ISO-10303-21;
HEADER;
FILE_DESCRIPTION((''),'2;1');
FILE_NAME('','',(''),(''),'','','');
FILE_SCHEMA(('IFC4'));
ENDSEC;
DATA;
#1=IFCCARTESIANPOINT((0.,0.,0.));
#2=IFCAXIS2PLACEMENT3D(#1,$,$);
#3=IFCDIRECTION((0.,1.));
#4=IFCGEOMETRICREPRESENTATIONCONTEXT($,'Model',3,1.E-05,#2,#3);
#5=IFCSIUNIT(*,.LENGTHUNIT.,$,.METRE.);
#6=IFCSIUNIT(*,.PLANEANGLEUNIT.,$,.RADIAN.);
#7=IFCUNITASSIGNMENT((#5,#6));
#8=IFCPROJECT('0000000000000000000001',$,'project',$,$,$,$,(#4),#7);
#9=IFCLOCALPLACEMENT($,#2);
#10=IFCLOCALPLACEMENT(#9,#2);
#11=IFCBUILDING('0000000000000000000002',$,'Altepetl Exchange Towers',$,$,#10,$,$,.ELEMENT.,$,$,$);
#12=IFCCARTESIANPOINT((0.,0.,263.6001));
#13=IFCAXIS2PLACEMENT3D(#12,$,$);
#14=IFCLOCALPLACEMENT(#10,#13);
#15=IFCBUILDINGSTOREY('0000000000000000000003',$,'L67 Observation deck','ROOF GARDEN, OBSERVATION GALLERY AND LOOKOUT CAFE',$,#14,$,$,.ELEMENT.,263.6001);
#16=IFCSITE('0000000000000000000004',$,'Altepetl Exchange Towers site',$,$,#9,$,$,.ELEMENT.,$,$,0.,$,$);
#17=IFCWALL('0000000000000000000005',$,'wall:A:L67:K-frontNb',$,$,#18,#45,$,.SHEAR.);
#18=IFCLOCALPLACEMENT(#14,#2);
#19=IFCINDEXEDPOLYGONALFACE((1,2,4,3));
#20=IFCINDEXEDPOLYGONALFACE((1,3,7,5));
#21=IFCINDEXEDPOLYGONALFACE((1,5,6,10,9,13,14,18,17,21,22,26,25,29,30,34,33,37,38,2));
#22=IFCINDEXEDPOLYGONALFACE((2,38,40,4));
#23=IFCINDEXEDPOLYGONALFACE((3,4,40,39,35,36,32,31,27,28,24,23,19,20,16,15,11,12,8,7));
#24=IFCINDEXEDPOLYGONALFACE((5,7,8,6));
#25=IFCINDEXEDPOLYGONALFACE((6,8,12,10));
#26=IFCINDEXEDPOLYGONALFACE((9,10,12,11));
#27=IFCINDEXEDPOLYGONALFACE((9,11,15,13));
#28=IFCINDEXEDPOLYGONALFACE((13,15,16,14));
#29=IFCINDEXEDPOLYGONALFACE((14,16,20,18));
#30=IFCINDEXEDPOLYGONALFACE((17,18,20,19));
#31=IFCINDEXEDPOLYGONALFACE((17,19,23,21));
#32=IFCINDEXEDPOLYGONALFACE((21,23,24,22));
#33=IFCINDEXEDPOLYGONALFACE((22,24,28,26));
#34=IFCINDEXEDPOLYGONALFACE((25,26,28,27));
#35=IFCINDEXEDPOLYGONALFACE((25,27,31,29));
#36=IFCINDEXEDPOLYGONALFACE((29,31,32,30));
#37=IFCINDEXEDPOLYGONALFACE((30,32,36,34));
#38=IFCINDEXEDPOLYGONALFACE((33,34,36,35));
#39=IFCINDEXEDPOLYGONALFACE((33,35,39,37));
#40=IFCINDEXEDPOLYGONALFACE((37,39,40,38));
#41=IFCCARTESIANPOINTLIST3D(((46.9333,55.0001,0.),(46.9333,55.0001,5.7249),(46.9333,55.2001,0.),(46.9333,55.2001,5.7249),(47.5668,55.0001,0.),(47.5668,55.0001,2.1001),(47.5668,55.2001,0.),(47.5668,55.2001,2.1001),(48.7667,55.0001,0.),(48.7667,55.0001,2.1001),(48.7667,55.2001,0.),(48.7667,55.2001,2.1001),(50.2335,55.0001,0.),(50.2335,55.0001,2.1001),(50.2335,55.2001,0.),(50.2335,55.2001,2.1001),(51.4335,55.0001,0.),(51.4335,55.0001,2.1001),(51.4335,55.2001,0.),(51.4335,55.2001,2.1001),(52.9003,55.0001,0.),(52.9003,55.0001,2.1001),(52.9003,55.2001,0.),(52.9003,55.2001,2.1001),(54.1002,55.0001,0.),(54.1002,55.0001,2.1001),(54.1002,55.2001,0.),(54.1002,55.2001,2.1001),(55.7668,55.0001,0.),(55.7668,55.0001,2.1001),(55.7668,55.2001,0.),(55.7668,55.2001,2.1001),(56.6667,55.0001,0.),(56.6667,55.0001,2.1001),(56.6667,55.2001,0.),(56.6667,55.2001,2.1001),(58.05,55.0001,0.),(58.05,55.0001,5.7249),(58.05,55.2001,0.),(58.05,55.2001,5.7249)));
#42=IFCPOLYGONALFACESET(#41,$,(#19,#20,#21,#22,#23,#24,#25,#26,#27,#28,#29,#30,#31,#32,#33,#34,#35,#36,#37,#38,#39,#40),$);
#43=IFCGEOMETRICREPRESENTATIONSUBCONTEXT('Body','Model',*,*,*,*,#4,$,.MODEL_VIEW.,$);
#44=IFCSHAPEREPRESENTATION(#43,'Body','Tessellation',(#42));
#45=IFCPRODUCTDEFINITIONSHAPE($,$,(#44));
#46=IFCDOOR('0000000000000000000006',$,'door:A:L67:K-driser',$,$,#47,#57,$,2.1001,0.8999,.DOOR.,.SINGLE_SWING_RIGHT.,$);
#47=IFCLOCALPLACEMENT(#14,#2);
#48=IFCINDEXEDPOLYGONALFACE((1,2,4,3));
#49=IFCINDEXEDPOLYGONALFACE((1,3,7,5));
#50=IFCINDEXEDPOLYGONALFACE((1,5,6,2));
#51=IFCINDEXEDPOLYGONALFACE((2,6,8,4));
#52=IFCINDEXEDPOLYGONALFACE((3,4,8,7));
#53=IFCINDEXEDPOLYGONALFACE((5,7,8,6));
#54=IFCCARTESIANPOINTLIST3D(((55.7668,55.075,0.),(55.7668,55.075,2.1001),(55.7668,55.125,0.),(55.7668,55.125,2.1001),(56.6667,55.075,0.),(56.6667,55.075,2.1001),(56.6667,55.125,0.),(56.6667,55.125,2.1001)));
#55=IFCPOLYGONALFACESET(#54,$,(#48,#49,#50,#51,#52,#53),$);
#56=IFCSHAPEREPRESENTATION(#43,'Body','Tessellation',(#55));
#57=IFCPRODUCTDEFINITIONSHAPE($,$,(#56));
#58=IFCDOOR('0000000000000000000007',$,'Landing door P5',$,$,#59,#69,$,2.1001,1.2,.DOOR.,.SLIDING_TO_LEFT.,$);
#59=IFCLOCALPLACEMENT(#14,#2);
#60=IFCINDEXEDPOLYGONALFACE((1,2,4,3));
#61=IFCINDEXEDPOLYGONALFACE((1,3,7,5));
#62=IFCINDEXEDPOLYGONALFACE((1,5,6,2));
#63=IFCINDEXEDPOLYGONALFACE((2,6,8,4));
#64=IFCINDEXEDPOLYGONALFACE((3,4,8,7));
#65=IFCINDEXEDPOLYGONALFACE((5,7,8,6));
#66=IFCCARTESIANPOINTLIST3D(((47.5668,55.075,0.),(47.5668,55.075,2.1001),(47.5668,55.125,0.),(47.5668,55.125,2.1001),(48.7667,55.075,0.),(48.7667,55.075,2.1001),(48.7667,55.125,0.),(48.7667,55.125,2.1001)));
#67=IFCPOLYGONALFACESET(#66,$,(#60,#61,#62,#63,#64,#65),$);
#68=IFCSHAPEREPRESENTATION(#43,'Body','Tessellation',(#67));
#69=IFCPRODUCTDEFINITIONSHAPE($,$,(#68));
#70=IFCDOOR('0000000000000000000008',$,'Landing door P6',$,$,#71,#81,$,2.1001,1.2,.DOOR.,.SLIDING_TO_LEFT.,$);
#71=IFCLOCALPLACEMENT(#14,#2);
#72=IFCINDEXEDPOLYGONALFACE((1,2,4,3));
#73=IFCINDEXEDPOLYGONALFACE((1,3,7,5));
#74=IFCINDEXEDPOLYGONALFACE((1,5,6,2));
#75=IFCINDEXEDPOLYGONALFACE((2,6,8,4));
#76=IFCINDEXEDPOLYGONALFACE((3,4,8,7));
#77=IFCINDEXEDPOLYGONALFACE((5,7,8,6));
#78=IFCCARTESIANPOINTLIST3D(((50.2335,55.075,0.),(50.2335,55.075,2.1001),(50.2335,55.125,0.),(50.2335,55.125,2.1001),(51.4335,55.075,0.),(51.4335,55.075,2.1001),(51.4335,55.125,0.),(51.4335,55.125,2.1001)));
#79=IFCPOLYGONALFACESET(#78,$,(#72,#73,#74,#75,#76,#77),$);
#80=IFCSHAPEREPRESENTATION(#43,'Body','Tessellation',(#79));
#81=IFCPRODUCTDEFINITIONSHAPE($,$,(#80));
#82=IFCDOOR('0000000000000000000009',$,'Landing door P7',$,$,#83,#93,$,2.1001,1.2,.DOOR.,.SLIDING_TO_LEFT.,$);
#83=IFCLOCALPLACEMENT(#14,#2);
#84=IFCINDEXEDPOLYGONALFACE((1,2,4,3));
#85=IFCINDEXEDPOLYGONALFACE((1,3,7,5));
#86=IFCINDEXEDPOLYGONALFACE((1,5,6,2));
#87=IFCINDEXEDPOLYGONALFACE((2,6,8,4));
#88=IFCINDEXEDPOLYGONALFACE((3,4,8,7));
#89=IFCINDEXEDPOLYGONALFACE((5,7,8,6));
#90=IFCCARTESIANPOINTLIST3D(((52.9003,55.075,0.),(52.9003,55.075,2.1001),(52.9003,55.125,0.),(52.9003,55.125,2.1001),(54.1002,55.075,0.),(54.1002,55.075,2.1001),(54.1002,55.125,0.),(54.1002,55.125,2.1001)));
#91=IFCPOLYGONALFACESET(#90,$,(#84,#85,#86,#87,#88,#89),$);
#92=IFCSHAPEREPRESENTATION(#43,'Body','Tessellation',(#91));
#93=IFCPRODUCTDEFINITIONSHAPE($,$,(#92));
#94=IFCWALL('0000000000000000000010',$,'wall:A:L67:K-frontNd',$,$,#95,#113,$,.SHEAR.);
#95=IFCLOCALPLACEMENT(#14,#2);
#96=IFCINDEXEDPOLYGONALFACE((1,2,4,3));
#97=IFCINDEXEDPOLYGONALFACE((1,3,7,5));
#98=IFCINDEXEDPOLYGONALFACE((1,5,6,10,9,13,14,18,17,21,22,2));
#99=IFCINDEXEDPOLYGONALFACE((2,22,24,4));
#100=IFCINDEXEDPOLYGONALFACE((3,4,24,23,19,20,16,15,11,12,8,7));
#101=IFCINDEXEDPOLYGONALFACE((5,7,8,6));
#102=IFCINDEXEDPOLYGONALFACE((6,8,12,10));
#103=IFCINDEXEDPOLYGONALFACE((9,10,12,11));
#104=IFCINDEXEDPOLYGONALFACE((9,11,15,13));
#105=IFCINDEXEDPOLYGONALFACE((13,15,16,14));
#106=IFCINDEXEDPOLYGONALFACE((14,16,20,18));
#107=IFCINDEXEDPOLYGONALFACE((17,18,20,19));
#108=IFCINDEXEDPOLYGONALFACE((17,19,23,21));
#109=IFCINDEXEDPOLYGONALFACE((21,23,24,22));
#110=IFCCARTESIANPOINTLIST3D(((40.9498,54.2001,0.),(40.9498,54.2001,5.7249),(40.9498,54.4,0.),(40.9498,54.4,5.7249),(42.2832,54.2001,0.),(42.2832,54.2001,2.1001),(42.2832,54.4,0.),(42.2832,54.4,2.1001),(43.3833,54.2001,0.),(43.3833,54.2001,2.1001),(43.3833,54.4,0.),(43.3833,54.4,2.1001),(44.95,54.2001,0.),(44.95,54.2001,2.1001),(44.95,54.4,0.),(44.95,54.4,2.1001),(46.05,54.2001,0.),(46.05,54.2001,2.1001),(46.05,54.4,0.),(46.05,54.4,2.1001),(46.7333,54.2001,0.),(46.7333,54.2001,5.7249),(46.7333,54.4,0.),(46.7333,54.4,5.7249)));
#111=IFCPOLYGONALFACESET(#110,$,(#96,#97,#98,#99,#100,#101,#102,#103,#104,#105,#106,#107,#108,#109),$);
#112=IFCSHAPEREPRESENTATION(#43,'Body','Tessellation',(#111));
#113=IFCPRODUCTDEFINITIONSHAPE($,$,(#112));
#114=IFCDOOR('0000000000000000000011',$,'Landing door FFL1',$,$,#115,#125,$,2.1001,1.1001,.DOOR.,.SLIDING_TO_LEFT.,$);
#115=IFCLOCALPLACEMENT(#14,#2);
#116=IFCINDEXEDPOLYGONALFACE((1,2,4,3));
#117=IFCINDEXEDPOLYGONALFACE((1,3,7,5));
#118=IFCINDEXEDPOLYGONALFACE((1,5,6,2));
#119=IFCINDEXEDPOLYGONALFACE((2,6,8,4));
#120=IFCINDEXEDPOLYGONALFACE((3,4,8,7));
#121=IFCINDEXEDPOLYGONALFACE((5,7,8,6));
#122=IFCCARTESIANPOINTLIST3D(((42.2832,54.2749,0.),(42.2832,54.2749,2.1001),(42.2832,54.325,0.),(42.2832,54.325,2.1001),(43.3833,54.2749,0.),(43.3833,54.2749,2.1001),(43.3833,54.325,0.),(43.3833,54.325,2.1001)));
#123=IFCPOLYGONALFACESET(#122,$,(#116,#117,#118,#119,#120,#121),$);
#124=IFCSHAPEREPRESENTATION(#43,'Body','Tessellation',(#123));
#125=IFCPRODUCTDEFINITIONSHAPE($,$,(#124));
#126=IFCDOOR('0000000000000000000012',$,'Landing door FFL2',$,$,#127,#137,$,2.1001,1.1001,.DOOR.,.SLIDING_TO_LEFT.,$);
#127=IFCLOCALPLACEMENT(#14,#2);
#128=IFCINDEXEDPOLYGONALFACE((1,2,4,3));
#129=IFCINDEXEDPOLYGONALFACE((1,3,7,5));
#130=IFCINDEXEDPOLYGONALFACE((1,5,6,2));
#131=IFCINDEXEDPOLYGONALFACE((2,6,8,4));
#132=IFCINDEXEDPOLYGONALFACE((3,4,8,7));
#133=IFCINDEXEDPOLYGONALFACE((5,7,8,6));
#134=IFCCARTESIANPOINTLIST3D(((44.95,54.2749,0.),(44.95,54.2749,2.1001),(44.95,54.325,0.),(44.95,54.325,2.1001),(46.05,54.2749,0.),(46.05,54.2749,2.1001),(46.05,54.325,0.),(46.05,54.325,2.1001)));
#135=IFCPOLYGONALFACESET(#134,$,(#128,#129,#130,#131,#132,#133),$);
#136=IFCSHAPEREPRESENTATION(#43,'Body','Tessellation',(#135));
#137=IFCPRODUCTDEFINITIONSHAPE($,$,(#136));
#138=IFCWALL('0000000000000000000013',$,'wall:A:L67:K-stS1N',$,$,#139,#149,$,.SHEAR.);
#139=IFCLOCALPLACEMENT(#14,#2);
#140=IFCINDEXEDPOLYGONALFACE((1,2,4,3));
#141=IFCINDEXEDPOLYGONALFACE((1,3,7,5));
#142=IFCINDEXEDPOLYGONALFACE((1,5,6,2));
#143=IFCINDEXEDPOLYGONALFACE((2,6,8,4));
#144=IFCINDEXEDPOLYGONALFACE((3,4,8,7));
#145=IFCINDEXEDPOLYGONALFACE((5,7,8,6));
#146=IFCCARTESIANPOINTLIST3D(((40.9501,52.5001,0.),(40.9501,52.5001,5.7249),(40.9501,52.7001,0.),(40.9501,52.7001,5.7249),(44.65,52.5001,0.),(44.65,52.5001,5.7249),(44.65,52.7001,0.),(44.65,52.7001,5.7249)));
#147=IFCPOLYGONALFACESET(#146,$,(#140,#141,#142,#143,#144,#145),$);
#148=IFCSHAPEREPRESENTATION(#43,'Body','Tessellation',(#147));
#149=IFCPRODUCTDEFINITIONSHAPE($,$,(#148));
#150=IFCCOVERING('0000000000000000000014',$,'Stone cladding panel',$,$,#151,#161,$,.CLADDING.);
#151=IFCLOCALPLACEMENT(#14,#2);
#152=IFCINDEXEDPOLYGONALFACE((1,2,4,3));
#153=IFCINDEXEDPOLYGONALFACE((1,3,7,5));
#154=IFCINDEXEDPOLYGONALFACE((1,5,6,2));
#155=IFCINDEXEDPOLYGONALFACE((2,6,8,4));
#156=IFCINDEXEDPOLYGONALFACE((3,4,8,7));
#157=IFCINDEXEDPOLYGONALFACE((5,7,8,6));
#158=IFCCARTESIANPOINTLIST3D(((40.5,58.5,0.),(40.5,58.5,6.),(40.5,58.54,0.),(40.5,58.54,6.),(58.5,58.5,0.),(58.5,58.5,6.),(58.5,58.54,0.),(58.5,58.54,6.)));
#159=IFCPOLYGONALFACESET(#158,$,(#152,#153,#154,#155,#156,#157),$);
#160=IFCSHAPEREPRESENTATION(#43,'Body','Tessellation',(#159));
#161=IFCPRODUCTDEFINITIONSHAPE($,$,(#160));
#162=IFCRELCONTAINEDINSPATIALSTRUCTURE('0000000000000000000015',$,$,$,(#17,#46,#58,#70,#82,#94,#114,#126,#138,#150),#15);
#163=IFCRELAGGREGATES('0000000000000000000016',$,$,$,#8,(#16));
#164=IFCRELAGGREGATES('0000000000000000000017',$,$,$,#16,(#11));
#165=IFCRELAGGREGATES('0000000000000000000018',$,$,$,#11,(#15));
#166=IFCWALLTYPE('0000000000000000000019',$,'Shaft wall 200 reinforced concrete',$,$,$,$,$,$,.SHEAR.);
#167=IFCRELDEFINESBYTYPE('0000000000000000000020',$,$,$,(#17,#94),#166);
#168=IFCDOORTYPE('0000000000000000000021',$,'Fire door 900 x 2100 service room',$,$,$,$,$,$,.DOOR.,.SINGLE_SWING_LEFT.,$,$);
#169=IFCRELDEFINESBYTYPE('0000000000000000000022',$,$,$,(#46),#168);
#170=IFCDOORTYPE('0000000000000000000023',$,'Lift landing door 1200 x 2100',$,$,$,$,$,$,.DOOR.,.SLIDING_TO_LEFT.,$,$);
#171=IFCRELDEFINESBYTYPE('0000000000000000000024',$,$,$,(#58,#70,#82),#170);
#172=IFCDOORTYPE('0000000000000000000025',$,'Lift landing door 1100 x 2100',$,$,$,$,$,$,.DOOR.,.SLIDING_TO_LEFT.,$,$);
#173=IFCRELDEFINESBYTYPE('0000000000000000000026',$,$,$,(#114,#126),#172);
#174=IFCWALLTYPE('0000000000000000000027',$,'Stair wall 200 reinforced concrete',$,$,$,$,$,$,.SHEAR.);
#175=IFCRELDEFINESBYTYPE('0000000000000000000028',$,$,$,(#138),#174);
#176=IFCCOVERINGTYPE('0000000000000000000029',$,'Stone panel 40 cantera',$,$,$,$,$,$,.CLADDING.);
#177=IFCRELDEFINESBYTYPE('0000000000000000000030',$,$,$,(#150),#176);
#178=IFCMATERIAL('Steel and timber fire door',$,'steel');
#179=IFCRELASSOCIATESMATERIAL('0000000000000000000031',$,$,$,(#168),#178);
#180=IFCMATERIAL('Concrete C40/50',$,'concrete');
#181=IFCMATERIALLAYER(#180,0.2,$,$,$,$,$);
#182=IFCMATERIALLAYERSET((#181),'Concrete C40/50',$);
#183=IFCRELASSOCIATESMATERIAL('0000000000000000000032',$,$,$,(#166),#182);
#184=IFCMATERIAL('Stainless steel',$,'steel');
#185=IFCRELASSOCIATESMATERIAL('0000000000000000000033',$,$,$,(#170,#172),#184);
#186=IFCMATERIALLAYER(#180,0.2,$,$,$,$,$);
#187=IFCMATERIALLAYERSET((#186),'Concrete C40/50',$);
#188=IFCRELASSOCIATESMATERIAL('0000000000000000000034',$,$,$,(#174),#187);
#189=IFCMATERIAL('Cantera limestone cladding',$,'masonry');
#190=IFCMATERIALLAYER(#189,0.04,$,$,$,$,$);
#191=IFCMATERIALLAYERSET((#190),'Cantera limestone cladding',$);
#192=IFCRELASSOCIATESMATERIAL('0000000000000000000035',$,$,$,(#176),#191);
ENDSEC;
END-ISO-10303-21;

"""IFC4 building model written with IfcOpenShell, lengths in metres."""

from ifc_helpers import new_model, si_unit, direction, frame, frame_2d, origin, origin_2d, place, context, subcontext, project, spatial, rectangle, extrude, material, layer, layer_set, type_object, element, fill, save


model = new_model("IFC4")

# Units and contexts
model_context = context("Model", 3, precision=1e-05, world=origin(), true_north=direction((0.0, 1.0)))
body_context = subcontext(model_context, "Body", "Model", "MODEL_VIEW")
ifc_project = project(units=[si_unit("LENGTHUNIT", "METRE"), si_unit("PLANEANGLEUNIT", "RADIAN")], contexts=[model_context])

# Site, building, storey
site_placement = place(None, origin())
site = spatial("IfcSite", under=ifc_project, at=site_placement, Name="Altepetl Exchange Towers site", CompositionType="ELEMENT", RefElevation=0.0)
building_placement = place(site_placement, origin())
building = spatial("IfcBuilding", under=site, at=building_placement, Name="Altepetl Exchange Towers", CompositionType="ELEMENT")
storey_placement = place(building_placement, frame((0.0, 0.0, 263.6001)))
storey = spatial("IfcBuildingStorey", under=building, at=storey_placement, Name="L67 Observation deck", Description="ROOF GARDEN, OBSERVATION GALLERY AND LOOKOUT CAFE", CompositionType="ELEMENT", Elevation=263.6001)

# Shared definitions
ifc_material_1 = material(Name="Steel and timber fire door", Category="steel")
door_type_1 = type_object("IfcDoorType", Name="Fire door 900 x 2100 service room", OperationType="SINGLE_SWING_LEFT", PredefinedType="DOOR", material=ifc_material_1)

# Shared definitions
ifc_material_2 = material(Name="Concrete C40/50", Category="concrete")
ifc_layer_1 = layer(ifc_material_2, 0.2)
ifc_layer_set_1 = layer_set([ifc_layer_1], Name="Concrete C40/50")
wall_type_1 = type_object("IfcWallType", Name="Shaft wall 200 reinforced concrete", PredefinedType="SHEAR", material=ifc_layer_set_1)

# Walls, openings, doors
wall_1_placement = place(storey_placement, frame((46.9333, 55.1001, 0.0)))
wall_1 = element("IfcWall", 1, at=wall_1_placement, inside=storey, type_object=wall_type_1, Name="wall:A:L67:K-frontNb", PredefinedType="SHEAR", context=body_context, shape_type="SweptSolid", body=[
    extrude(rectangle(XDim=11.1167, YDim=0.2, at=frame_2d((5.5583, 0.0))), origin(), (0.0, 0.0, 1.0), 5.7249),
])
opening_1_placement = place(wall_1_placement, frame((8.8335, 0.0, 0.0)))
opening_1 = element("IfcOpeningElement", 2, at=opening_1_placement, cuts=wall_1, PredefinedType="OPENING", context=body_context, shape_type="SweptSolid", body=[
    extrude(rectangle(XDim=0.8999, YDim=2.1001, at=frame_2d((0.45, 1.05))), frame((0.0, 0.1099, 0.0), z_axis=(0.0, -1.0, 0.0), x_axis=(1.0, 0.0, 0.0)), (0.0, 0.0, 1.0), 0.22),
])
opening_2_placement = place(wall_1_placement, frame((0.6333, 0.0, 0.0)))
opening_2 = element("IfcOpeningElement", 3, at=opening_2_placement, cuts=wall_1, PredefinedType="OPENING", context=body_context, shape_type="SweptSolid", body=[
    extrude(rectangle(XDim=1.2, YDim=2.1001, at=frame_2d((0.6001, 1.05))), frame((0.0, 0.1099, 0.0), z_axis=(0.0, -1.0, 0.0), x_axis=(1.0, 0.0, 0.0)), (0.0, 0.0, 1.0), 0.22),
])
opening_3_placement = place(wall_1_placement, frame((3.3, 0.0, 0.0)))
opening_3 = element("IfcOpeningElement", 4, at=opening_3_placement, cuts=wall_1, PredefinedType="OPENING", context=body_context, shape_type="SweptSolid", body=[
    extrude(rectangle(XDim=1.2, YDim=2.1001, at=frame_2d((0.6001, 1.05))), frame((0.0, 0.1099, 0.0), z_axis=(0.0, -1.0, 0.0), x_axis=(1.0, 0.0, 0.0)), (0.0, 0.0, 1.0), 0.22),
])
opening_4_placement = place(wall_1_placement, frame((5.9668, 0.0, 0.0)))
opening_4 = element("IfcOpeningElement", 5, at=opening_4_placement, cuts=wall_1, PredefinedType="OPENING", context=body_context, shape_type="SweptSolid", body=[
    extrude(rectangle(XDim=1.2, YDim=2.1001, at=frame_2d((0.6001, 1.05))), frame((0.0, 0.1099, 0.0), z_axis=(0.0, -1.0, 0.0), x_axis=(1.0, 0.0, 0.0)), (0.0, 0.0, 1.0), 0.22),
])
door_1_placement = place(opening_1_placement, origin())
door_1 = element("IfcDoor", 6, at=door_1_placement, inside=storey, type_object=door_type_1, Name="door:A:L67:K-driser", OperationType="SINGLE_SWING_RIGHT", OverallHeight=2.1001, OverallWidth=0.8999, PredefinedType="DOOR", context=body_context, shape_type="SweptSolid", body=[
    extrude(rectangle(XDim=0.8999, YDim=2.1001, at=frame_2d((0.45, 1.05))), frame((0.0, 0.0249, 0.0), z_axis=(0.0, -1.0, 0.0), x_axis=(1.0, 0.0, 0.0)), (0.0, 0.0, 1.0), 0.05),
])
fill(opening_1, door_1)
ifc_material_3 = material(Name="Stainless steel", Category="steel")
door_type_2 = type_object("IfcDoorType", Name="Lift landing door 1200 x 2100", OperationType="SLIDING_TO_LEFT", PredefinedType="DOOR", material=ifc_material_3)
door_2_placement = place(opening_2_placement, origin())
door_2 = element("IfcDoor", 7, at=door_2_placement, inside=storey, type_object=door_type_2, Name="Landing door P5", OperationType="SLIDING_TO_LEFT", OverallHeight=2.1001, OverallWidth=1.2, PredefinedType="DOOR", context=body_context, shape_type="SweptSolid", body=[
    extrude(rectangle(XDim=1.2, YDim=2.1001, at=frame_2d((0.6001, 1.05))), frame((0.0, 0.0249, 0.0), z_axis=(0.0, -1.0, 0.0), x_axis=(1.0, 0.0, 0.0)), (0.0, 0.0, 1.0), 0.05),
])
fill(opening_2, door_2)
door_3_placement = place(opening_3_placement, origin())
door_3 = element("IfcDoor", 8, at=door_3_placement, inside=storey, type_object=door_type_2, Name="Landing door P6", OperationType="SLIDING_TO_LEFT", OverallHeight=2.1001, OverallWidth=1.2, PredefinedType="DOOR", context=body_context, shape_type="SweptSolid", body=[
    extrude(rectangle(XDim=1.2, YDim=2.1001, at=frame_2d((0.6001, 1.05))), frame((0.0, 0.0249, 0.0), z_axis=(0.0, -1.0, 0.0), x_axis=(1.0, 0.0, 0.0)), (0.0, 0.0, 1.0), 0.05),
])
fill(opening_3, door_3)
door_4_placement = place(opening_4_placement, origin())
door_4 = element("IfcDoor", 9, at=door_4_placement, inside=storey, type_object=door_type_2, Name="Landing door P7", OperationType="SLIDING_TO_LEFT", OverallHeight=2.1001, OverallWidth=1.2, PredefinedType="DOOR", context=body_context, shape_type="SweptSolid", body=[
    extrude(rectangle(XDim=1.2, YDim=2.1001, at=frame_2d((0.6001, 1.05))), frame((0.0, 0.0249, 0.0), z_axis=(0.0, -1.0, 0.0), x_axis=(1.0, 0.0, 0.0)), (0.0, 0.0, 1.0), 0.05),
])
fill(opening_4, door_4)
wall_2_placement = place(storey_placement, frame((40.95, 54.3, 0.0)))
wall_2 = element("IfcWall", 10, at=wall_2_placement, inside=storey, type_object=wall_type_1, Name="wall:A:L67:K-frontNd", PredefinedType="SHEAR", context=body_context, shape_type="SweptSolid", body=[
    extrude(rectangle(XDim=5.7834, YDim=0.2, at=frame_2d((2.8916, 0.0))), origin(), (0.0, 0.0, 1.0), 5.7249),
])
opening_5_placement = place(wall_2_placement, frame((1.3333, 0.0, 0.0)))
opening_5 = element("IfcOpeningElement", 11, at=opening_5_placement, cuts=wall_2, PredefinedType="OPENING", context=body_context, shape_type="SweptSolid", body=[
    extrude(rectangle(XDim=1.1001, YDim=2.1001, at=frame_2d((0.55, 1.05))), frame((0.0, 0.1099, 0.0), z_axis=(0.0, -1.0, 0.0), x_axis=(1.0, 0.0, 0.0)), (0.0, 0.0, 1.0), 0.22),
])
opening_6_placement = place(wall_2_placement, frame((4.0, 0.0, 0.0)))
opening_6 = element("IfcOpeningElement", 12, at=opening_6_placement, cuts=wall_2, PredefinedType="OPENING", context=body_context, shape_type="SweptSolid", body=[
    extrude(rectangle(XDim=1.1001, YDim=2.1001, at=frame_2d((0.55, 1.05))), frame((0.0, 0.1099, 0.0), z_axis=(0.0, -1.0, 0.0), x_axis=(1.0, 0.0, 0.0)), (0.0, 0.0, 1.0), 0.22),
])
door_type_3 = type_object("IfcDoorType", Name="Lift landing door 1100 x 2100", OperationType="SLIDING_TO_LEFT", PredefinedType="DOOR", material=ifc_material_3)
door_5_placement = place(opening_5_placement, origin())
door_5 = element("IfcDoor", 13, at=door_5_placement, inside=storey, type_object=door_type_3, Name="Landing door FFL1", OperationType="SLIDING_TO_LEFT", OverallHeight=2.1001, OverallWidth=1.1001, PredefinedType="DOOR", context=body_context, shape_type="SweptSolid", body=[
    extrude(rectangle(XDim=1.1001, YDim=2.1001, at=frame_2d((0.55, 1.05))), frame((0.0, 0.0249, 0.0), z_axis=(0.0, -1.0, 0.0), x_axis=(1.0, 0.0, 0.0)), (0.0, 0.0, 1.0), 0.05),
])
fill(opening_5, door_5)
door_6_placement = place(opening_6_placement, origin())
door_6 = element("IfcDoor", 14, at=door_6_placement, inside=storey, type_object=door_type_3, Name="Landing door FFL2", OperationType="SLIDING_TO_LEFT", OverallHeight=2.1001, OverallWidth=1.1001, PredefinedType="DOOR", context=body_context, shape_type="SweptSolid", body=[
    extrude(rectangle(XDim=1.1001, YDim=2.1001, at=frame_2d((0.55, 1.05))), frame((0.0, 0.0249, 0.0), z_axis=(0.0, -1.0, 0.0), x_axis=(1.0, 0.0, 0.0)), (0.0, 0.0, 1.0), 0.05),
])
fill(opening_6, door_6)

# Wall
ifc_layer_2 = layer(ifc_material_2, 0.2)
ifc_layer_set_2 = layer_set([ifc_layer_2], Name="Concrete C40/50")
wall_type_2 = type_object("IfcWallType", Name="Stair wall 200 reinforced concrete", PredefinedType="SHEAR", material=ifc_layer_set_2)
wall_3_placement = place(storey_placement, frame((40.95, 52.6001, 0.0)))
element("IfcWall", 15, at=wall_3_placement, inside=storey, type_object=wall_type_2, Name="wall:A:L67:K-stS1N", PredefinedType="SHEAR", context=body_context, shape_type="SweptSolid", body=[
    extrude(rectangle(XDim=3.7, YDim=0.2, at=frame_2d((1.8501, 0.0))), origin(), (0.0, 0.0, 1.0), 5.7249),
])

# Covering
ifc_material_4 = material(Name="Cantera limestone cladding", Category="masonry")
ifc_layer_3 = layer(ifc_material_4, 0.04)
ifc_layer_set_3 = layer_set([ifc_layer_3], Name="Cantera limestone cladding")
covering_type = type_object("IfcCoveringType", Name="Stone panel 40 cantera", PredefinedType="CLADDING", material=ifc_layer_set_3)
covering_placement = place(storey_placement, frame((49.5, 58.52, 0.0), z_axis=(0.0, 0.0, 1.0), x_axis=(-1.0, 0.0, 0.0)))
element("IfcCovering", 16, at=covering_placement, inside=storey, type_object=covering_type, Name="Stone cladding panel", PredefinedType="CLADDING", context=body_context, shape_type="SweptSolid", body=[
    extrude(rectangle(XDim=18.0, YDim=0.04, at=origin_2d()), origin(), (0.0, 0.0, 1.0), 6.0),
])

save(model, "model.ifc")
